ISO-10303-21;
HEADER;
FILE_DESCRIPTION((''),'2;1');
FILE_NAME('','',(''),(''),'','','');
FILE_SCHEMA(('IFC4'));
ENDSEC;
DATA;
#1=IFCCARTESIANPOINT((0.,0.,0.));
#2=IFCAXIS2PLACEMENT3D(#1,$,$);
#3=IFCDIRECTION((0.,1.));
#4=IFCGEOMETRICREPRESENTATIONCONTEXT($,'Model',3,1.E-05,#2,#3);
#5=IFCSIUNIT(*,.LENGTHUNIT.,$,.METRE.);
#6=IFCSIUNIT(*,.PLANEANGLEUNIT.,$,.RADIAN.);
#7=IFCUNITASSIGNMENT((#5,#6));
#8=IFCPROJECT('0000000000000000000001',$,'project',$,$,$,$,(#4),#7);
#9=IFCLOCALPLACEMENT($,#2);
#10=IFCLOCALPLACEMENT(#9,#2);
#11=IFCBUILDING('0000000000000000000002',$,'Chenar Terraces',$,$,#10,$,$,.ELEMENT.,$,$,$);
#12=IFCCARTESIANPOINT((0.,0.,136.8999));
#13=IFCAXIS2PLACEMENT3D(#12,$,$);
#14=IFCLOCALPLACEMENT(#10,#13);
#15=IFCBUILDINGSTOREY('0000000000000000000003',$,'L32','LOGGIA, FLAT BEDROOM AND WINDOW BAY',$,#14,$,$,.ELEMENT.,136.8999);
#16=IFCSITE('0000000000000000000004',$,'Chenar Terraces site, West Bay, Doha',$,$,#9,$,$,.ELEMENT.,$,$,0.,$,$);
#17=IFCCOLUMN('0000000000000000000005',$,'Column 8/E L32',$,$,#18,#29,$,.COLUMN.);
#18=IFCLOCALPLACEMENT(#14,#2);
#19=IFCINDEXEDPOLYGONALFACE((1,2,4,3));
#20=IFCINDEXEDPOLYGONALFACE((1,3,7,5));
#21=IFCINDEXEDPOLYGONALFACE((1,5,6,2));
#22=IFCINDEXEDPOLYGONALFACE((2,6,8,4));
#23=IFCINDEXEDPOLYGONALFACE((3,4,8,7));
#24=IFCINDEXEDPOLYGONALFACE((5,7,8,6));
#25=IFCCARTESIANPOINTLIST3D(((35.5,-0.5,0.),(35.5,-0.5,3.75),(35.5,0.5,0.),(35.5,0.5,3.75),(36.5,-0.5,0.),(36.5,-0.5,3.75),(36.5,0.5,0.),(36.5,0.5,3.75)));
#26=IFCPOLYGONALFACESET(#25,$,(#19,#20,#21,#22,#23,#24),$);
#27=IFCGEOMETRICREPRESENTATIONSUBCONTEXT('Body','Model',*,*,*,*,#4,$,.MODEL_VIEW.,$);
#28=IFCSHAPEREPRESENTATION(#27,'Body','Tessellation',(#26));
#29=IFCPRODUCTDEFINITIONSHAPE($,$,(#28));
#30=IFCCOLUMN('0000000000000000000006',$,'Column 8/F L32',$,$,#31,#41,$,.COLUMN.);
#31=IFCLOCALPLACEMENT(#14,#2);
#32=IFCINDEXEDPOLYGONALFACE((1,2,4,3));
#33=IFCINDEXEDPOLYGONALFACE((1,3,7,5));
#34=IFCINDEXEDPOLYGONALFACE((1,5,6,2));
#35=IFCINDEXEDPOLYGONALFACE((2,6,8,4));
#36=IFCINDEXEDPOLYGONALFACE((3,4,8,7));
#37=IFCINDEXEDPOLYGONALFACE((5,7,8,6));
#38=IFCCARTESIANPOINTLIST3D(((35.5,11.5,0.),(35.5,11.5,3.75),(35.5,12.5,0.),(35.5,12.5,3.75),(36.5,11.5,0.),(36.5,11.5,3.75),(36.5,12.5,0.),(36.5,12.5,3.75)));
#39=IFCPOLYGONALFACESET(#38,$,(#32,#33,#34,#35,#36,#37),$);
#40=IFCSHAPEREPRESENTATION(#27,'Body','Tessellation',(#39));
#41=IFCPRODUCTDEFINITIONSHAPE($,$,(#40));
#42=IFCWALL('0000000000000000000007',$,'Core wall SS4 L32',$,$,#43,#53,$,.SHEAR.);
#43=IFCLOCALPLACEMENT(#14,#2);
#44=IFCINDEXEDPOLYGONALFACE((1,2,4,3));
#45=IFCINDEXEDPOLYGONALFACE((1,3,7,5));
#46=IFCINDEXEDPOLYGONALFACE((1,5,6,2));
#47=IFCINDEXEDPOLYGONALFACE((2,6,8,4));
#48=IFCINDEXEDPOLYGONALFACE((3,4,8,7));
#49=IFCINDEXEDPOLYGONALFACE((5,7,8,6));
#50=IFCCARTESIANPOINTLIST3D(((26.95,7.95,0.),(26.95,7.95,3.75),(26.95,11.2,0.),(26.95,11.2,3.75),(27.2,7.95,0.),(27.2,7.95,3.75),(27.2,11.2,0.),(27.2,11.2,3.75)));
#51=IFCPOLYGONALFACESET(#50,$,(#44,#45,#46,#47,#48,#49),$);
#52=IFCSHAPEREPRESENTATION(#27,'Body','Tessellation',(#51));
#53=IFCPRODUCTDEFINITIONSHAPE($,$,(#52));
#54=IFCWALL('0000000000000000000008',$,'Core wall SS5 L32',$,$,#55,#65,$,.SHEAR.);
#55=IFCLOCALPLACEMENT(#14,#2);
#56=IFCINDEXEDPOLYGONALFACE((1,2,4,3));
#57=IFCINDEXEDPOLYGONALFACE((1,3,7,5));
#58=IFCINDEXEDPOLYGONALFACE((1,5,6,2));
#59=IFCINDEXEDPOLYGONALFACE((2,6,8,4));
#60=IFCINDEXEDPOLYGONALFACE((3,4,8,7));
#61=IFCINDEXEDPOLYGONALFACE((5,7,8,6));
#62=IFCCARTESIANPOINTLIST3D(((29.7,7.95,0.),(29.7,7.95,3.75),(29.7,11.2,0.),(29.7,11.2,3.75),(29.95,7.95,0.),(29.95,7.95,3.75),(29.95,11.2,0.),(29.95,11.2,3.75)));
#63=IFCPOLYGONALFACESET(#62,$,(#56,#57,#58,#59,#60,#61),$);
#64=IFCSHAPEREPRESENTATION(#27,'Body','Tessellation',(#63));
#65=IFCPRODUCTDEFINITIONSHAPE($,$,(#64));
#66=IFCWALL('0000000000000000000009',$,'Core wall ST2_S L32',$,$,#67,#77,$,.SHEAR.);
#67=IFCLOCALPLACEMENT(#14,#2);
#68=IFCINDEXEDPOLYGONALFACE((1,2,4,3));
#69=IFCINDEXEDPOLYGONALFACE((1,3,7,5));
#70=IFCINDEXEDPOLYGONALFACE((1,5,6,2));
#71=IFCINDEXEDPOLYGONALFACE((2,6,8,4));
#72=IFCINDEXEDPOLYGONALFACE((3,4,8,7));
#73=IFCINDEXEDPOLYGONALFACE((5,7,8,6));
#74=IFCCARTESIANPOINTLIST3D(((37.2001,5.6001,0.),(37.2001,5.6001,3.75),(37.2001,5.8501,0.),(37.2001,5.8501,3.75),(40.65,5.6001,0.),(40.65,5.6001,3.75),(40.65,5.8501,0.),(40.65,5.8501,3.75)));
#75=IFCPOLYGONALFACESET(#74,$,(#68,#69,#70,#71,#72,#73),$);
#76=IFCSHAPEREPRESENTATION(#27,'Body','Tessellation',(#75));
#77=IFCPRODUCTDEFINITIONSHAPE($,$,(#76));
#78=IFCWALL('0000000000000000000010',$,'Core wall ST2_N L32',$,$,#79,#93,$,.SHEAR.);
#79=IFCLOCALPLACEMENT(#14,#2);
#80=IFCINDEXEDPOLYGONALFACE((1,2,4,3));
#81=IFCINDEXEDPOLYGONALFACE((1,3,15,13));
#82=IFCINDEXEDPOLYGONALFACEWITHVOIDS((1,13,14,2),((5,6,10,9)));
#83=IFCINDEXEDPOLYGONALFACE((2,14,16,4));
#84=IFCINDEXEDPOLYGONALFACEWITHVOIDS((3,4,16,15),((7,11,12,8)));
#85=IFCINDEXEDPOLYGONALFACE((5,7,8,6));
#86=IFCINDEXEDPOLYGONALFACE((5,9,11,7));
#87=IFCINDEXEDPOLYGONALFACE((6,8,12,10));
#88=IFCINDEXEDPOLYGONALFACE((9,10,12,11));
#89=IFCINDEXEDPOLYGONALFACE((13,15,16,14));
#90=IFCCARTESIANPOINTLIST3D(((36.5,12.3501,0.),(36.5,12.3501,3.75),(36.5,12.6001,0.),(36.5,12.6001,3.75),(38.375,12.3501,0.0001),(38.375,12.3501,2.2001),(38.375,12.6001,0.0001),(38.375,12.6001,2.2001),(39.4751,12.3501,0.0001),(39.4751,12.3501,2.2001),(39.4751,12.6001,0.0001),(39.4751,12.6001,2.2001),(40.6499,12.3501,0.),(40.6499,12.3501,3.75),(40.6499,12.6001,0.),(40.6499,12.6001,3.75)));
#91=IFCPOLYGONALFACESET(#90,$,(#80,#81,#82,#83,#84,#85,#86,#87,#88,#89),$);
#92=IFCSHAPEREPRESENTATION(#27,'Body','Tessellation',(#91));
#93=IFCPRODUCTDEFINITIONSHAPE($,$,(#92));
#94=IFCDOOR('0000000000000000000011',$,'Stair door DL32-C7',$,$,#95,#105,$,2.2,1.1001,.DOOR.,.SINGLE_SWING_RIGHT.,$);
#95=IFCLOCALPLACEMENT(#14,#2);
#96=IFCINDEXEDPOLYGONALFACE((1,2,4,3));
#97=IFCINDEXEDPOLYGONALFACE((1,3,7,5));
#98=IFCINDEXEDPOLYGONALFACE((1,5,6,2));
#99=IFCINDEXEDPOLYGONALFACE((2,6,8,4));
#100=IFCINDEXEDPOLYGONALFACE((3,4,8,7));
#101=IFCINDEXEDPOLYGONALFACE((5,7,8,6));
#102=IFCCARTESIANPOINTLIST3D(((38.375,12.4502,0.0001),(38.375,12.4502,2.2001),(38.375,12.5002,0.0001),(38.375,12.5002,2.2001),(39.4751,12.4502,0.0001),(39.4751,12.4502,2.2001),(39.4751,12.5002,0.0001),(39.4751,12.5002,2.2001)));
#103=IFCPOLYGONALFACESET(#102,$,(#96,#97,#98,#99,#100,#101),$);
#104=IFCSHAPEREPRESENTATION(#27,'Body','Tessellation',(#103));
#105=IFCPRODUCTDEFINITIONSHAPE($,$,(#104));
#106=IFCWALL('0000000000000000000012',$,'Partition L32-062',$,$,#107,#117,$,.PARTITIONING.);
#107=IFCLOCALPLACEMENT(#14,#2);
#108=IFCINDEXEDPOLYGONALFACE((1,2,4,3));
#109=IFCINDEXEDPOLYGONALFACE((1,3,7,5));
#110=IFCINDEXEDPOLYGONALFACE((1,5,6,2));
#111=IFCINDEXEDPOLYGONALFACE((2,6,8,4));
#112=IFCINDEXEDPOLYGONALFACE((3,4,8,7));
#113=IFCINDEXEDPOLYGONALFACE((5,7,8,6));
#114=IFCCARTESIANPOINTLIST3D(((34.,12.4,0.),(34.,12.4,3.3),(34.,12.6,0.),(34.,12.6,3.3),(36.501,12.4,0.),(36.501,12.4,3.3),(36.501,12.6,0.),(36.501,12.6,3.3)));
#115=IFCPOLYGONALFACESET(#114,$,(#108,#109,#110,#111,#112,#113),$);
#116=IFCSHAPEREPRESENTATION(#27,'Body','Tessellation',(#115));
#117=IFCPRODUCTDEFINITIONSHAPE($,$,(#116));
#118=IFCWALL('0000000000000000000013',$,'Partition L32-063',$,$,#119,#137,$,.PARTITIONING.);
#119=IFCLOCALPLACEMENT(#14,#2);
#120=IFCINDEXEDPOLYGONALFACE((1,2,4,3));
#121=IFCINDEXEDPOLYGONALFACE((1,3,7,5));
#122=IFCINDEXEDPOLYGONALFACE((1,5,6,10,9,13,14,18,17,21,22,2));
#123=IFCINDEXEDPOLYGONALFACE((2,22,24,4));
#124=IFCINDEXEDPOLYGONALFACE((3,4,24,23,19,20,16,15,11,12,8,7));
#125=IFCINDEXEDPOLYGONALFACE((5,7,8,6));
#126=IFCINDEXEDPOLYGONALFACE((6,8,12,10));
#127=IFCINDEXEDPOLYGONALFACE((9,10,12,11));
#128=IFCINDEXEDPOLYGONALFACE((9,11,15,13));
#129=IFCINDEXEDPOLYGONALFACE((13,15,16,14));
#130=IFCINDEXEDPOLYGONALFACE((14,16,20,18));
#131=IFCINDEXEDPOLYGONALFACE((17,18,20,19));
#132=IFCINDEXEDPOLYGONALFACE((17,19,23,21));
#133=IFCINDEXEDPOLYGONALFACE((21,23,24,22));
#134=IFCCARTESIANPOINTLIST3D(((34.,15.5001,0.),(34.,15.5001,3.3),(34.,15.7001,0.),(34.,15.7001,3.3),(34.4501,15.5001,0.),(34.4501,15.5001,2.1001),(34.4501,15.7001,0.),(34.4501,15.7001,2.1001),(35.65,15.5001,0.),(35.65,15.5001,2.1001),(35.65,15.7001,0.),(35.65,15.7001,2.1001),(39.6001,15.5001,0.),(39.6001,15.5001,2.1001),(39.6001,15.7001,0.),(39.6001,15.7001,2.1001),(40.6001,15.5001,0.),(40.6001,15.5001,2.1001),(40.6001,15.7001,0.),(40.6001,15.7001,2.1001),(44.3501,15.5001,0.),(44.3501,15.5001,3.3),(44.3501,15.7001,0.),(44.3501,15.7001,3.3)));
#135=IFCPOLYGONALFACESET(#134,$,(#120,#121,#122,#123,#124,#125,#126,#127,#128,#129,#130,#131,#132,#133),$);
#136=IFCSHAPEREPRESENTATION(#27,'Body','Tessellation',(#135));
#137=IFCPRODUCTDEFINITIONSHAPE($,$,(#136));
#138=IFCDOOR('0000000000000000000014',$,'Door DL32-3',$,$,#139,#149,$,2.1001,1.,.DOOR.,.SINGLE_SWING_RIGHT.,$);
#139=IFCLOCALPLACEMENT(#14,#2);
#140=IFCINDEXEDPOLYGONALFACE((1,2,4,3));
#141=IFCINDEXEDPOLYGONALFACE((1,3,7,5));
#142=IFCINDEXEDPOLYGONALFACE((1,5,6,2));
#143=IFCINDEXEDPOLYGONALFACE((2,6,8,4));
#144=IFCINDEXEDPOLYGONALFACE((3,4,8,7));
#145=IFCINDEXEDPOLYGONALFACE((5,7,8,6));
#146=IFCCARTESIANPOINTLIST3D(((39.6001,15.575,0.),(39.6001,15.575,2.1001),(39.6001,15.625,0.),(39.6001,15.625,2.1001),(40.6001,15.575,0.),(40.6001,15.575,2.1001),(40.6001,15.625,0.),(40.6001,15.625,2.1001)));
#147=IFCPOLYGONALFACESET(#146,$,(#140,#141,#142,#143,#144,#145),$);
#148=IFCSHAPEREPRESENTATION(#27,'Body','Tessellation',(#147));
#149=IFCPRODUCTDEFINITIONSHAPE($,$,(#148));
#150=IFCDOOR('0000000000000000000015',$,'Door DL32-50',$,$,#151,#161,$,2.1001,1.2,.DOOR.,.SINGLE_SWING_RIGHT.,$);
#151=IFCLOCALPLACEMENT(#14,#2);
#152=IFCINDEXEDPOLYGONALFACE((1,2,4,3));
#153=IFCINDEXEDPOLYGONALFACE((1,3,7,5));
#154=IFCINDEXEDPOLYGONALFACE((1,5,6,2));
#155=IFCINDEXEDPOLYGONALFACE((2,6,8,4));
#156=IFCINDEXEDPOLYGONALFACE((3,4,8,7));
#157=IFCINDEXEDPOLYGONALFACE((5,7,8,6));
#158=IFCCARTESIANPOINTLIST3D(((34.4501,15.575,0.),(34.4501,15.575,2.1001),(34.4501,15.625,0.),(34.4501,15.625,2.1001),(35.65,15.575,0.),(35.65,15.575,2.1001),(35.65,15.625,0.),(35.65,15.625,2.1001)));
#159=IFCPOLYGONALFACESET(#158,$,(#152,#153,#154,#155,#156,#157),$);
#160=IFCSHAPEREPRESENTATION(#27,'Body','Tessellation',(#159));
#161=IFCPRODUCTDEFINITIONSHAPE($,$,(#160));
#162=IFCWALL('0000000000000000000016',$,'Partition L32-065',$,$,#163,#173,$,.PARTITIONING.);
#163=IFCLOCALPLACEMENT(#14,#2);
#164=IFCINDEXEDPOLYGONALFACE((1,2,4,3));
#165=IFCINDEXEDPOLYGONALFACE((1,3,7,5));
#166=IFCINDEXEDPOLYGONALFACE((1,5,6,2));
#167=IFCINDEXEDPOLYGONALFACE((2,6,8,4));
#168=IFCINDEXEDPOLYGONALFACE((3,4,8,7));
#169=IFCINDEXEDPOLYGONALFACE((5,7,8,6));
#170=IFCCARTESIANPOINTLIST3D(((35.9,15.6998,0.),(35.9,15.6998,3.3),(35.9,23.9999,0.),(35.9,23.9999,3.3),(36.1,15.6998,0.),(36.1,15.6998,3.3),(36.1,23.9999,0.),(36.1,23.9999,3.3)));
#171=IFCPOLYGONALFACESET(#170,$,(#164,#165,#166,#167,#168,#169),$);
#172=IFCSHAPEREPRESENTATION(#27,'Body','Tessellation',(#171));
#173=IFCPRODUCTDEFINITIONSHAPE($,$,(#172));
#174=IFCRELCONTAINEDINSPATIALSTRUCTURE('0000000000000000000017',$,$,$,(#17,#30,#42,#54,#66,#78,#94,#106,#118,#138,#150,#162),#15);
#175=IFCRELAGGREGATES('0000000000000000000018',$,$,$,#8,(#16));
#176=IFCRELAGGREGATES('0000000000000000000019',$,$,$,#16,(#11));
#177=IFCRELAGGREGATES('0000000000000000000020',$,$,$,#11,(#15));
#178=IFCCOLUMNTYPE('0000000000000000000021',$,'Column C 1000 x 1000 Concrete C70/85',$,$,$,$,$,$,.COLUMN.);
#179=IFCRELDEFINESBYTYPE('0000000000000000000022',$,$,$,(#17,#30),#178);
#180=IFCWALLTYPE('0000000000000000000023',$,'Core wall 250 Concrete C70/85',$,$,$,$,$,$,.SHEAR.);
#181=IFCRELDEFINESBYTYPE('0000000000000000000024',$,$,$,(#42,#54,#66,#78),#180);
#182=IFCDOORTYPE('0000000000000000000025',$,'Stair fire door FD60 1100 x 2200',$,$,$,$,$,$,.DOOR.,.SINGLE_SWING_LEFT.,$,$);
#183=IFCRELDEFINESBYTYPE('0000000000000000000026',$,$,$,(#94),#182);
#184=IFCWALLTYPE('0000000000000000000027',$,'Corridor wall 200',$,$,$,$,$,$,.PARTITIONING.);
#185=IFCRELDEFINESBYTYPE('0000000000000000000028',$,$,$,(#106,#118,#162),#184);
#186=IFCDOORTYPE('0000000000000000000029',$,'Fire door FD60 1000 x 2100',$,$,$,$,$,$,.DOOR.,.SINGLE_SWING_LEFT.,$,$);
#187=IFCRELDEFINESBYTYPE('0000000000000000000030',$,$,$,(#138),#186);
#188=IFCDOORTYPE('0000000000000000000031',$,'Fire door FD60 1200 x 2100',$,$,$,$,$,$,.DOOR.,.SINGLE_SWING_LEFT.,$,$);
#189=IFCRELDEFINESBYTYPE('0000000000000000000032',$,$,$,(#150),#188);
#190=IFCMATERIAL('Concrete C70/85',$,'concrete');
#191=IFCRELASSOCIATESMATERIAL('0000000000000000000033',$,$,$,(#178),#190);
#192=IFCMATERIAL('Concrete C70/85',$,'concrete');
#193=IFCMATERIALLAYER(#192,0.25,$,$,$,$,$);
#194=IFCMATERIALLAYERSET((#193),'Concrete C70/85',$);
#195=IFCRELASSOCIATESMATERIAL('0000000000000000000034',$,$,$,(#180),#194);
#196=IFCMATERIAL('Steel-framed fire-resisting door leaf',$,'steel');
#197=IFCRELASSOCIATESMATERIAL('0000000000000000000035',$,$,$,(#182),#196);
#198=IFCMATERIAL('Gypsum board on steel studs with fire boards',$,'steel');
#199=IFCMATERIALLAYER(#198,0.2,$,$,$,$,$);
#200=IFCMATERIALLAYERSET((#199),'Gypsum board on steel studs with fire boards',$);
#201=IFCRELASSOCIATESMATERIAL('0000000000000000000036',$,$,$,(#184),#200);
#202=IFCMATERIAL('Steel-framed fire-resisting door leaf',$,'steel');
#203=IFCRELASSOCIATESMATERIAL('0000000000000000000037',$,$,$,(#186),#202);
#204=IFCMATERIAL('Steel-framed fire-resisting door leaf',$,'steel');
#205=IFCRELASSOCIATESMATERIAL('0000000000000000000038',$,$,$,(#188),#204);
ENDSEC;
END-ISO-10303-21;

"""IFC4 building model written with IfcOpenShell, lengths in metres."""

from ifc_helpers import new_model, si_unit, direction, frame, frame_2d, origin, origin_2d, place, context, subcontext, project, spatial, rectangle, extrude, material, layer, layer_set, material_profile, profile_set, type_object, element, fill, save


model = new_model("IFC4")

# Units and contexts
model_context = context("Model", 3, precision=1e-05, world=origin(), true_north=direction((0.0, 1.0)))
body_context = subcontext(model_context, "Body", "Model", "MODEL_VIEW")
ifc_project = project(units=[si_unit("LENGTHUNIT", "METRE"), si_unit("PLANEANGLEUNIT", "RADIAN")], contexts=[model_context])

# Site, building, storey
site_placement = place(None, origin())
site = spatial("IfcSite", under=ifc_project, at=site_placement, Name="Chenar Terraces site, West Bay, Doha", CompositionType="ELEMENT", RefElevation=0.0)
building_placement = place(site_placement, origin())
building = spatial("IfcBuilding", under=site, at=building_placement, Name="Chenar Terraces", CompositionType="ELEMENT")
storey_placement = place(building_placement, frame((0.0, 0.0, 136.8999)))
storey = spatial("IfcBuildingStorey", under=building, at=storey_placement, Name="L32", Description="LOGGIA, FLAT BEDROOM AND WINDOW BAY", CompositionType="ELEMENT", Elevation=136.8999)

# Columns
ifc_material_1 = material(Name="Concrete C70/85", Category="concrete")
ifc_material_profile = material_profile(ifc_material_1, rectangle(XDim=1.0, YDim=1.0, at=origin_2d()), Name="C 1000 x 1000")
ifc_profile_set = profile_set([ifc_material_profile], Name="Concrete C70/85")
column_type = type_object("IfcColumnType", Name="Column C 1000 x 1000 Concrete C70/85", PredefinedType="COLUMN", material=ifc_profile_set)
for number, where, z_axis, x_axis, name in (
    (1, (36.0, 0.0, 0.0), (0.0, 0.0, 1.0), (1.0, 0.0, 0.0), "Column 8/E L32"),
    (2, (36.0, 12.0, 0.0), (0.0, 0.0, 1.0), (1.0, 0.0, 0.0), "Column 8/F L32"),
):
    element("IfcColumn", number, at=place(storey_placement, frame(where, z_axis=z_axis, x_axis=x_axis)), inside=storey, type_object=column_type, Name=name, PredefinedType="COLUMN", context=body_context, shape_type="SweptSolid", body=[
        extrude(rectangle(XDim=1.0, YDim=1.0, at=origin_2d()), origin(), (0.0, 0.0, 1.0), 3.75),
    ])

# Walls
ifc_material_2 = material(Name="Concrete C70/85", Category="concrete")
ifc_layer_1 = layer(ifc_material_2, 0.25)
ifc_layer_set_1 = layer_set([ifc_layer_1], Name="Concrete C70/85")
wall_type_1 = type_object("IfcWallType", Name="Core wall 250 Concrete C70/85", PredefinedType="SHEAR", material=ifc_layer_set_1)
for number, where, z_axis, x_axis, name in (
    (3, (27.075, 7.95, 0.0), (0.0, 0.0, 1.0), (0.0, 1.0, 0.0), "Core wall SS4 L32"),
    (4, (29.825, 7.95, 0.0), (0.0, 0.0, 1.0), (0.0, 1.0, 0.0), "Core wall SS5 L32"),
):
    element("IfcWall", number, at=place(storey_placement, frame(where, z_axis=z_axis, x_axis=x_axis)), inside=storey, type_object=wall_type_1, Name=name, PredefinedType="SHEAR", context=body_context, shape_type="SweptSolid", body=[
        extrude(rectangle(XDim=3.25, YDim=0.25, at=frame_2d((1.625, 0.0))), origin(), (0.0, 0.0, 1.0), 3.75),
    ])
wall_1_placement = place(storey_placement, frame((37.2, 5.7251, 0.0), z_axis=(0.0, 0.0, 1.0), x_axis=(1.0, 0.0, 0.0)))
element("IfcWall", 5, at=wall_1_placement, inside=storey, type_object=wall_type_1, Name="Core wall ST2_S L32", PredefinedType="SHEAR", context=body_context, shape_type="SweptSolid", body=[
    extrude(rectangle(XDim=3.45, YDim=0.25, at=frame_2d((1.7251, 0.0))), origin(), (0.0, 0.0, 1.0), 3.75),
])

# Wall, opening, door
wall_2_placement = place(storey_placement, frame((36.5, 12.4751, 0.0), z_axis=(0.0, 0.0, 1.0), x_axis=(1.0, 0.0, 0.0)))
wall_2 = element("IfcWall", 6, at=wall_2_placement, inside=storey, type_object=wall_type_1, Name="Core wall ST2_N L32", PredefinedType="SHEAR", context=body_context, shape_type="SweptSolid", body=[
    extrude(rectangle(XDim=4.1499, YDim=0.25, at=frame_2d((2.075, 0.0))), origin(), (0.0, 0.0, 1.0), 3.75),
])
opening_1_placement = place(wall_2_placement, frame((1.875, 0.0, 0.0)))
opening_1 = element("IfcOpeningElement", 7, at=opening_1_placement, cuts=wall_2, PredefinedType="OPENING", context=body_context, shape_type="SweptSolid", body=[
    extrude(rectangle(XDim=1.1001, YDim=2.2, at=frame_2d((0.55, 1.1001))), frame((0.0, 0.135, 0.0), z_axis=(0.0, -1.0, 0.0), x_axis=(1.0, 0.0, 0.0)), (0.0, 0.0, 1.0), 0.27),
])
ifc_material_3 = material(Name="Steel-framed fire-resisting door leaf", Category="steel")
door_type_1 = type_object("IfcDoorType", Name="Stair fire door FD60 1100 x 2200", OperationType="SINGLE_SWING_LEFT", PredefinedType="DOOR", material=ifc_material_3)
door_1_placement = place(opening_1_placement, frame((1.1001, 0.0, 0.0), z_axis=(0.0, 0.0, 1.0), x_axis=(-1.0, 0.0, 0.0)))
door_1 = element("IfcDoor", 8, at=door_1_placement, inside=storey, type_object=door_type_1, Name="Stair door DL32-C7", OperationType="SINGLE_SWING_RIGHT", OverallHeight=2.2, OverallWidth=1.1001, PredefinedType="DOOR", context=body_context, shape_type="SweptSolid", body=[
    extrude(rectangle(XDim=1.1001, YDim=2.2, at=frame_2d((0.55, 1.1001))), frame((0.0, 0.0249, 0.0), z_axis=(0.0, -1.0, 0.0), x_axis=(1.0, 0.0, 0.0)), (0.0, 0.0, 1.0), 0.05),
])
fill(opening_1, door_1)

# Wall
ifc_material_4 = material(Name="Gypsum board on steel studs with fire boards", Category="steel")
ifc_layer_2 = layer(ifc_material_4, 0.2)
ifc_layer_set_2 = layer_set([ifc_layer_2], Name="Gypsum board on steel studs with fire boards")
wall_type_2 = type_object("IfcWallType", Name="Corridor wall 200", PredefinedType="PARTITIONING", material=ifc_layer_set_2)
wall_3_placement = place(storey_placement, frame((34.0, 12.5, 0.0), z_axis=(0.0, 0.0, 1.0), x_axis=(1.0, 0.0, 0.0)))
element("IfcWall", 9, at=wall_3_placement, inside=storey, type_object=wall_type_2, Name="Partition L32-062", PredefinedType="PARTITIONING", context=body_context, shape_type="SweptSolid", body=[
    extrude(rectangle(XDim=2.501, YDim=0.2, at=frame_2d((1.2505, 0.0))), origin(), (0.0, 0.0, 1.0), 3.3),
])

# Wall, openings, doors
wall_4_placement = place(storey_placement, frame((34.0, 15.6001, 0.0), z_axis=(0.0, 0.0, 1.0), x_axis=(1.0, 0.0, 0.0)))
wall_4 = element("IfcWall", 10, at=wall_4_placement, inside=storey, type_object=wall_type_2, Name="Partition L32-063", PredefinedType="PARTITIONING", context=body_context, shape_type="SweptSolid", body=[
    extrude(rectangle(XDim=10.3501, YDim=0.2, at=frame_2d((5.175, 0.0))), origin(), (0.0, 0.0, 1.0), 3.3),
])
opening_2_placement = place(wall_4_placement, frame((5.6001, 0.0, 0.0)))
opening_2 = element("IfcOpeningElement", 11, at=opening_2_placement, cuts=wall_4, PredefinedType="OPENING", context=body_context, shape_type="SweptSolid", body=[
    extrude(rectangle(XDim=1.0, YDim=2.1001, at=frame_2d((0.5, 1.05))), frame((0.0, 0.1099, 0.0), z_axis=(0.0, -1.0, 0.0), x_axis=(1.0, 0.0, 0.0)), (0.0, 0.0, 1.0), 0.22),
])
opening_3_placement = place(wall_4_placement, frame((0.45, 0.0, 0.0)))
opening_3 = element("IfcOpeningElement", 12, at=opening_3_placement, cuts=wall_4, PredefinedType="OPENING", context=body_context, shape_type="SweptSolid", body=[
    extrude(rectangle(XDim=1.2, YDim=2.1001, at=frame_2d((0.6001, 1.05))), frame((0.0, 0.1099, 0.0), z_axis=(0.0, -1.0, 0.0), x_axis=(1.0, 0.0, 0.0)), (0.0, 0.0, 1.0), 0.22),
])
ifc_material_5 = material(Name="Steel-framed fire-resisting door leaf", Category="steel")
door_type_2 = type_object("IfcDoorType", Name="Fire door FD60 1000 x 2100", OperationType="SINGLE_SWING_LEFT", PredefinedType="DOOR", material=ifc_material_5)
door_2_placement = place(opening_2_placement, origin())
door_2 = element("IfcDoor", 13, at=door_2_placement, inside=storey, type_object=door_type_2, Name="Door DL32-3", OperationType="SINGLE_SWING_RIGHT", OverallHeight=2.1001, OverallWidth=1.0, PredefinedType="DOOR", context=body_context, shape_type="SweptSolid", body=[
    extrude(rectangle(XDim=1.0, YDim=2.1001, at=frame_2d((0.5, 1.05))), frame((0.0, 0.0249, 0.0), z_axis=(0.0, -1.0, 0.0), x_axis=(1.0, 0.0, 0.0)), (0.0, 0.0, 1.0), 0.05),
])
fill(opening_2, door_2)
ifc_material_6 = material(Name="Steel-framed fire-resisting door leaf", Category="steel")
door_type_3 = type_object("IfcDoorType", Name="Fire door FD60 1200 x 2100", OperationType="SINGLE_SWING_LEFT", PredefinedType="DOOR", material=ifc_material_6)
door_3_placement = place(opening_3_placement, origin())
door_3 = element("IfcDoor", 14, at=door_3_placement, inside=storey, type_object=door_type_3, Name="Door DL32-50", OperationType="SINGLE_SWING_RIGHT", OverallHeight=2.1001, OverallWidth=1.2, PredefinedType="DOOR", context=body_context, shape_type="SweptSolid", body=[
    extrude(rectangle(XDim=1.2, YDim=2.1001, at=frame_2d((0.6001, 1.05))), frame((0.0, 0.0249, 0.0), z_axis=(0.0, -1.0, 0.0), x_axis=(1.0, 0.0, 0.0)), (0.0, 0.0, 1.0), 0.05),
])
fill(opening_3, door_3)

# Wall
wall_5_placement = place(storey_placement, frame((36.0, 15.7, 0.0), z_axis=(0.0, 0.0, 1.0), x_axis=(0.0, 1.0, 0.0)))
element("IfcWall", 15, at=wall_5_placement, inside=storey, type_object=wall_type_2, Name="Partition L32-065", PredefinedType="PARTITIONING", context=body_context, shape_type="SweptSolid", body=[
    extrude(rectangle(XDim=8.3, YDim=0.2, at=frame_2d((4.1499, 0.0))), origin(), (0.0, 0.0, 1.0), 3.3),
])

save(model, "model.ifc")
